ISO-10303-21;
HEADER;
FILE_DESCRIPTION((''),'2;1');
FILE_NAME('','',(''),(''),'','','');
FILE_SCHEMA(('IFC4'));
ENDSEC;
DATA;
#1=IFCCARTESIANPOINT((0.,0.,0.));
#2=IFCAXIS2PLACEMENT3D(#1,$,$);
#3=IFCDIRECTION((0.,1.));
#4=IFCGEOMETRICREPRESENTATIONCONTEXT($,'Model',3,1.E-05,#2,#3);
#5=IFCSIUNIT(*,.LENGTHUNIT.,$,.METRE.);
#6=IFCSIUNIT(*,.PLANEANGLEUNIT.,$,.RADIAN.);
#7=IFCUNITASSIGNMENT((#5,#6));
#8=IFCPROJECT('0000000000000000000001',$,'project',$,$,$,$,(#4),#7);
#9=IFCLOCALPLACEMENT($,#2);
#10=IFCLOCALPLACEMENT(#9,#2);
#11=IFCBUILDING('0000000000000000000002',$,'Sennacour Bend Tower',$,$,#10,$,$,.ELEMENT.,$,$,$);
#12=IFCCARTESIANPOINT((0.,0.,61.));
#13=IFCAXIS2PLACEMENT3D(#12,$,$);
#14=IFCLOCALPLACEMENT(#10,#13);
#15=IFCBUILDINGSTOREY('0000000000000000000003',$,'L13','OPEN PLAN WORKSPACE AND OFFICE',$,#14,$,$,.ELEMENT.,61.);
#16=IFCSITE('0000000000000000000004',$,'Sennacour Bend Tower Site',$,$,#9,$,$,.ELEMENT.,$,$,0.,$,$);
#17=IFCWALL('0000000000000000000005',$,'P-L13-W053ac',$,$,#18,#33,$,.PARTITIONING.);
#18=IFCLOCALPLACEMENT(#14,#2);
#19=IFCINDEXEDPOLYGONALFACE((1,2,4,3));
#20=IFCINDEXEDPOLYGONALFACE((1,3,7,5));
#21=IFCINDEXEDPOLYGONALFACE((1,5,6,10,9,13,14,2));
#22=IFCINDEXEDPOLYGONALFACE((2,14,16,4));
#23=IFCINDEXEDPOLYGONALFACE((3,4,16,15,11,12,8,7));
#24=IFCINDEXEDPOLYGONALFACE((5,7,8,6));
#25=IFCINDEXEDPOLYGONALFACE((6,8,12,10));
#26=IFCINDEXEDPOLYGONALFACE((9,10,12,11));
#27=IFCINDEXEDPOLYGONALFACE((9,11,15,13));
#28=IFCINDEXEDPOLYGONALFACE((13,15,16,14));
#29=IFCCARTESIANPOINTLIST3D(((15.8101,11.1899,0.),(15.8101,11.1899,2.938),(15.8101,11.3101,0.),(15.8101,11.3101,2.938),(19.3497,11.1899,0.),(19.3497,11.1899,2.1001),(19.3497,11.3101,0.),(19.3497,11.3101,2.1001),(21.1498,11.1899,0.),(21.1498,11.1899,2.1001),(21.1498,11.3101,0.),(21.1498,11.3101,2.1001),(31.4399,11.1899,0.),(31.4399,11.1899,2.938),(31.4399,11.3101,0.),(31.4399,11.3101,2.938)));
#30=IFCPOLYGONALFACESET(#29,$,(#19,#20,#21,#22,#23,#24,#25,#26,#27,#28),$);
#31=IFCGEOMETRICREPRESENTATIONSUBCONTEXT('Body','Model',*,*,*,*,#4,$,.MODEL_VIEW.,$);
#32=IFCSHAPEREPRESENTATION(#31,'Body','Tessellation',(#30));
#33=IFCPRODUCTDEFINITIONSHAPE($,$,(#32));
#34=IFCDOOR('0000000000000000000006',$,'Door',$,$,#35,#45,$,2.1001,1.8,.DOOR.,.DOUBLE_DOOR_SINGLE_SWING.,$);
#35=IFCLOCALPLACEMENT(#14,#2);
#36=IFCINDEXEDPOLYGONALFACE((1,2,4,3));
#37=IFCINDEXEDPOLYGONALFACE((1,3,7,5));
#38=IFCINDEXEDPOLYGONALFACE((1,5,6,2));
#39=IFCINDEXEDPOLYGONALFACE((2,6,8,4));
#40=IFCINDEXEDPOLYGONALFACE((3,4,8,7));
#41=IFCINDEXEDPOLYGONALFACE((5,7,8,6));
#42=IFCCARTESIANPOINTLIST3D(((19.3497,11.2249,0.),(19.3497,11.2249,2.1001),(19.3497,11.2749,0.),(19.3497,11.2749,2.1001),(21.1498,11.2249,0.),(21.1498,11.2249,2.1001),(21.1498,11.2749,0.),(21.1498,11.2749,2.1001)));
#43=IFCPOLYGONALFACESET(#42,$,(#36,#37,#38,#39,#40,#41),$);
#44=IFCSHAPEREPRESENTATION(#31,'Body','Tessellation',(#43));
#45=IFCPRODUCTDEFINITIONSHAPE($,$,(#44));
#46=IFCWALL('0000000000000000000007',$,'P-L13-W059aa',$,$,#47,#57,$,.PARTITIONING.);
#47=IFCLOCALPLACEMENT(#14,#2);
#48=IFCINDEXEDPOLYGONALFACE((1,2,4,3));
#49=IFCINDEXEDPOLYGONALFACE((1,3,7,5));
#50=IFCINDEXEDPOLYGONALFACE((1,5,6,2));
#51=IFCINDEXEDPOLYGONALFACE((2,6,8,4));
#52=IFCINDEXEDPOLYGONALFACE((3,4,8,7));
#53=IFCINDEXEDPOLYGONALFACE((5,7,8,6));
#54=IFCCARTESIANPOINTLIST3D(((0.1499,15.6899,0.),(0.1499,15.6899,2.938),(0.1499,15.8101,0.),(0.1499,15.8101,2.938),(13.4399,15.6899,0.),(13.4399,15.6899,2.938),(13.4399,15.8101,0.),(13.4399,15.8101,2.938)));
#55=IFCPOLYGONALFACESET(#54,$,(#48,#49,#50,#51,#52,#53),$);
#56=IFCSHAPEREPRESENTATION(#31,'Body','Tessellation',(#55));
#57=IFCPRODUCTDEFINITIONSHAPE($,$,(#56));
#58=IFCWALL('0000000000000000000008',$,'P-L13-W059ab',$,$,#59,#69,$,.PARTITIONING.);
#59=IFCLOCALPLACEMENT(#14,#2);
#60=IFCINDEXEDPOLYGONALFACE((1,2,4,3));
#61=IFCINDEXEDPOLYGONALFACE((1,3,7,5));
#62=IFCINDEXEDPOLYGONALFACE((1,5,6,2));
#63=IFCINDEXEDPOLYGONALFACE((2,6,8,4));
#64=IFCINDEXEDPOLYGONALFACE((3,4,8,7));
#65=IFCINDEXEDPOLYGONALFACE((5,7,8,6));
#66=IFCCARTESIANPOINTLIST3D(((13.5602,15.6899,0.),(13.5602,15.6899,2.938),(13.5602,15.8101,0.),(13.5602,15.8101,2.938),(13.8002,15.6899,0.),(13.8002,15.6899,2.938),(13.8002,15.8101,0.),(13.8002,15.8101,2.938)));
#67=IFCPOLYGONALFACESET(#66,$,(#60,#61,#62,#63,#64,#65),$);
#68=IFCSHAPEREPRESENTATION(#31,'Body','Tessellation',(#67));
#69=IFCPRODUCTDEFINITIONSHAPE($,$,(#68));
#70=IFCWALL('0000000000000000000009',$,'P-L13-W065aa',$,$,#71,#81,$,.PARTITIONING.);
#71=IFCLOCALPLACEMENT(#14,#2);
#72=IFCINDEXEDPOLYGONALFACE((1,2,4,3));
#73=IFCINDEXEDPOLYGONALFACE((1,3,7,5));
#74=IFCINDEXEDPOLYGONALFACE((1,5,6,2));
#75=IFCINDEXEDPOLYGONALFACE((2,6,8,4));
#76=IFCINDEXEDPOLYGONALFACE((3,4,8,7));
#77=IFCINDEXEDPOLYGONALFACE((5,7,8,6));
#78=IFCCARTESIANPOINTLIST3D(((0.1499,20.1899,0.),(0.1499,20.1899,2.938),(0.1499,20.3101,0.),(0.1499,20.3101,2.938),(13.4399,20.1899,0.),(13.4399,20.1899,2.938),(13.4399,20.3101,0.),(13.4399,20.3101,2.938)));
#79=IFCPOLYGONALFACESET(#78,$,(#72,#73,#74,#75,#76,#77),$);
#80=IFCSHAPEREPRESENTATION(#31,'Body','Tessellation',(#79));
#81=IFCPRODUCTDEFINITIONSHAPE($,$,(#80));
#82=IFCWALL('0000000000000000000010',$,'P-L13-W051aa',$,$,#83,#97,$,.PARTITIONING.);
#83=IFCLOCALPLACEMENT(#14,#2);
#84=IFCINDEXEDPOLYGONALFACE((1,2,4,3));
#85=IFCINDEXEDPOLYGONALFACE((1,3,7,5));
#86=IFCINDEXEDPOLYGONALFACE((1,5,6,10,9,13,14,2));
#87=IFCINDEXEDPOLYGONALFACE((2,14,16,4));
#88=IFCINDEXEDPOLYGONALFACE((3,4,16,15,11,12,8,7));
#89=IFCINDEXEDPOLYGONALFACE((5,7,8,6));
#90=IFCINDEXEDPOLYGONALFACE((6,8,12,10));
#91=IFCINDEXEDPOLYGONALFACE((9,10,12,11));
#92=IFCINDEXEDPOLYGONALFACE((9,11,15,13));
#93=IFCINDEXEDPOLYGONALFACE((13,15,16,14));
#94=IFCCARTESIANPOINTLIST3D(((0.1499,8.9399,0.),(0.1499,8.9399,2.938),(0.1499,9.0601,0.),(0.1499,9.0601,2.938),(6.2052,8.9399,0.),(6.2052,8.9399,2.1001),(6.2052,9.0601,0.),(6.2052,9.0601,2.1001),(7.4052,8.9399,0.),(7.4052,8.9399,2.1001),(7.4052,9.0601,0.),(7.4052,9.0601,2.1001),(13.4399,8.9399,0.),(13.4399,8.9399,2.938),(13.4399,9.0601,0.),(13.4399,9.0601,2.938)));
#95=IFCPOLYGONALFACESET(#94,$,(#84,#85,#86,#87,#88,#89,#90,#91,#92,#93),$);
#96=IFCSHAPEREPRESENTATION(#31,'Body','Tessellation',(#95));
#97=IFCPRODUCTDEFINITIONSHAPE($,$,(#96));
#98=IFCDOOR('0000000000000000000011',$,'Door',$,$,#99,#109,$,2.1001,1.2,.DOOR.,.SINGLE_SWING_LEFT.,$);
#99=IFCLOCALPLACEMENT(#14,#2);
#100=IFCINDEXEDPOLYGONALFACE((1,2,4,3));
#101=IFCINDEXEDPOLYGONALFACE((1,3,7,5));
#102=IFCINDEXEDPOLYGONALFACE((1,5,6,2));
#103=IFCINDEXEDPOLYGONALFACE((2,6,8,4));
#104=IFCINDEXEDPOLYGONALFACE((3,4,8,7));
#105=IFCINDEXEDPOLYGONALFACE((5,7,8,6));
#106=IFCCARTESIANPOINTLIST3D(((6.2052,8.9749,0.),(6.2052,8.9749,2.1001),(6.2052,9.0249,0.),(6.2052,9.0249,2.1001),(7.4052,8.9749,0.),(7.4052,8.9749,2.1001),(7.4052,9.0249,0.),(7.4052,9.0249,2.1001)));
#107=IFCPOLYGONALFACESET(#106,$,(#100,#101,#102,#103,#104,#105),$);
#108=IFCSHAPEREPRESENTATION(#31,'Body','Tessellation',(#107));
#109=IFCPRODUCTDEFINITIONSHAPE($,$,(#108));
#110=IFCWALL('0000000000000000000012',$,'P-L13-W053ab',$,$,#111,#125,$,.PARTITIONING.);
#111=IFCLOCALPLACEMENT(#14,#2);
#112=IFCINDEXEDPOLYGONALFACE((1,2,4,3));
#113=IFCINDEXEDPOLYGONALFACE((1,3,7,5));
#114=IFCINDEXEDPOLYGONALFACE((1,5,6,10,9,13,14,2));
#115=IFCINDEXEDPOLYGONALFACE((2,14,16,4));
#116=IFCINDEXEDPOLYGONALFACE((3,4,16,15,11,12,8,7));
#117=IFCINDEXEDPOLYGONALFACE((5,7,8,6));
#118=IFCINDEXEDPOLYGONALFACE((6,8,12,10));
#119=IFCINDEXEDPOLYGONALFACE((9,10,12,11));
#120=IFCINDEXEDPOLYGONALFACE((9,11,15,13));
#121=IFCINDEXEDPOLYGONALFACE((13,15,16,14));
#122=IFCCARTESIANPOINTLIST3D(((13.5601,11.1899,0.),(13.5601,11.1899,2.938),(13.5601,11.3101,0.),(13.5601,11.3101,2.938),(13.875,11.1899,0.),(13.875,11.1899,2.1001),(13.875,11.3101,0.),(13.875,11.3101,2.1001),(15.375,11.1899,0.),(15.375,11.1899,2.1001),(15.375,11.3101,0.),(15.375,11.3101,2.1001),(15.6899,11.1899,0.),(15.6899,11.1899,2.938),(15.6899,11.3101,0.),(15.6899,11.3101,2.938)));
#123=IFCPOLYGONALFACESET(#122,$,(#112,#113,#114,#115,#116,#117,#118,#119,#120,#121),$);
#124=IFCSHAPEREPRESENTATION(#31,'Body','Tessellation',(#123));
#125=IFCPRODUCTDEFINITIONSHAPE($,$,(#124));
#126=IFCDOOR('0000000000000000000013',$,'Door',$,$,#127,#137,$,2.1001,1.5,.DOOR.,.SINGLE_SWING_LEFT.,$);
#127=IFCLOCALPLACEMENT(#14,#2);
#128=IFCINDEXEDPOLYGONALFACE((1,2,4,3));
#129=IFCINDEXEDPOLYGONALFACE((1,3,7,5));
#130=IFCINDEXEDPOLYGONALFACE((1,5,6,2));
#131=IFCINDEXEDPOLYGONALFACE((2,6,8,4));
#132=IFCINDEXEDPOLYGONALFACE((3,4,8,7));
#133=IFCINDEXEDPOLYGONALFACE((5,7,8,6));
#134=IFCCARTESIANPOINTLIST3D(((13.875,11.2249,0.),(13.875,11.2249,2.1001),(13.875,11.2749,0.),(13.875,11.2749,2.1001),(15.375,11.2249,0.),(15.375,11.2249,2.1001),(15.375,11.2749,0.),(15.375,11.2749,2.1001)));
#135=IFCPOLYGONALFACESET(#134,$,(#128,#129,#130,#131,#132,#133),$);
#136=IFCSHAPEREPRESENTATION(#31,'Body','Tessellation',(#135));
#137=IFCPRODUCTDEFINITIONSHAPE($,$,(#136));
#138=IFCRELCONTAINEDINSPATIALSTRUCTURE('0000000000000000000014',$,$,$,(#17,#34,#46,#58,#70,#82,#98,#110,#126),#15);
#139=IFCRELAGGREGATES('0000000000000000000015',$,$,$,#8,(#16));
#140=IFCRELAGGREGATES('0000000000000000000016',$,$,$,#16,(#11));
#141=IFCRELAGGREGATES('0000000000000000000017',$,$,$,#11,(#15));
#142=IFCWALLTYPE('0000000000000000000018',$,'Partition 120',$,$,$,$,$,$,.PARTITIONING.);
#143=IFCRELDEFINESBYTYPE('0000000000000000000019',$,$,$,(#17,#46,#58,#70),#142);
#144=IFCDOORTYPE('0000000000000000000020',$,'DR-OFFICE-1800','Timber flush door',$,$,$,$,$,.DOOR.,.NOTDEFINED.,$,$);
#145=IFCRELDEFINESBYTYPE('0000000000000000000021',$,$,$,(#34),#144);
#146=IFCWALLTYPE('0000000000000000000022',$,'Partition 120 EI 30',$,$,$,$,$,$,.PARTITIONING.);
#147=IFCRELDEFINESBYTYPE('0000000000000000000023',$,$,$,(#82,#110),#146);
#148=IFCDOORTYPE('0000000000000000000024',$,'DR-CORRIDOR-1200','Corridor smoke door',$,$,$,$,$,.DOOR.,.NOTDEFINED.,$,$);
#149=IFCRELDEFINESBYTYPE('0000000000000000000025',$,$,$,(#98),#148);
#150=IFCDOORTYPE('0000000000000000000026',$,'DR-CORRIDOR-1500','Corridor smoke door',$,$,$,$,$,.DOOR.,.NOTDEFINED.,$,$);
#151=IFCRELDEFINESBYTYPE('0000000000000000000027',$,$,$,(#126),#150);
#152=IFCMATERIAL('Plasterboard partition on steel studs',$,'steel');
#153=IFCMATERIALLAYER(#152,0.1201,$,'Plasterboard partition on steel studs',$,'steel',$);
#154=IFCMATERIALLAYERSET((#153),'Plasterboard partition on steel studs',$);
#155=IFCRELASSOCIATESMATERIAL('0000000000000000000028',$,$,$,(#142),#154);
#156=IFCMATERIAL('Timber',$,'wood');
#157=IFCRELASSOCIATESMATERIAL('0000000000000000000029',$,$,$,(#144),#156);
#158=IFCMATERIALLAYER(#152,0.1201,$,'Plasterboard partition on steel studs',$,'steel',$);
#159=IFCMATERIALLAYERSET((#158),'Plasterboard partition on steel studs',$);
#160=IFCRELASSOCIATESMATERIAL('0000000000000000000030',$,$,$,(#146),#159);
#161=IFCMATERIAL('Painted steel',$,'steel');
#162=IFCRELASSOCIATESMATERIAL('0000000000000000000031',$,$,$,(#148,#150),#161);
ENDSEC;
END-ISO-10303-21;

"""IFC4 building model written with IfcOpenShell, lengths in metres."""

from ifc_helpers import new_model, si_unit, direction, frame, frame_2d, origin, place, context, subcontext, project, spatial, rectangle, extrude, material, layer, layer_set, type_object, element, fill, save


model = new_model("IFC4")

# Units and contexts
model_context = context("Model", 3, precision=1e-05, world=origin(), true_north=direction((0.0, 1.0)))
body_context = subcontext(model_context, "Body", "Model", "MODEL_VIEW")
ifc_project = project(units=[si_unit("LENGTHUNIT", "METRE"), si_unit("PLANEANGLEUNIT", "RADIAN")], contexts=[model_context])

# Site, building, storey
site_placement = place(None, origin())
site = spatial("IfcSite", under=ifc_project, at=site_placement, Name="Sennacour Bend Tower Site", CompositionType="ELEMENT", RefElevation=0.0)
building_placement = place(site_placement, origin())
building = spatial("IfcBuilding", under=site, at=building_placement, Name="Sennacour Bend Tower", CompositionType="ELEMENT")
storey_placement = place(building_placement, frame((0.0, 0.0, 61.0)))
storey = spatial("IfcBuildingStorey", under=building, at=storey_placement, Name="L13", Description="OPEN PLAN WORKSPACE AND OFFICE", CompositionType="ELEMENT", Elevation=61.0)

# Shared definitions
ifc_material_1 = material(Name="Plasterboard partition on steel studs", Category="steel")
ifc_layer_1 = layer(ifc_material_1, 0.1201, Name="Plasterboard partition on steel studs", Category="steel")
ifc_layer_set_1 = layer_set([ifc_layer_1], Name="Plasterboard partition on steel studs")
wall_type_1 = type_object("IfcWallType", Name="Partition 120", PredefinedType="PARTITIONING", material=ifc_layer_set_1)
ifc_material_2 = material(Name="Timber", Category="wood")
door_type_1 = type_object("IfcDoorType", Name="DR-OFFICE-1800", Description="Timber flush door", OperationType="NOTDEFINED", PredefinedType="DOOR", material=ifc_material_2)

# Wall, opening, door
wall_1_placement = place(storey_placement, frame((15.8101, 11.25, 0.0), z_axis=(0.0, 0.0, 1.0), x_axis=(1.0, 0.0, 0.0)))
wall_1 = element("IfcWall", 1, at=wall_1_placement, inside=storey, type_object=wall_type_1, Name="P-L13-W053ac", PredefinedType="PARTITIONING", context=body_context, shape_type="SweptSolid", body=[
    extrude(rectangle(XDim=15.6299, YDim=0.1201, at=frame_2d((7.8149, 0.0))), origin(), (0.0, 0.0, 1.0), 2.938),
])
opening_1_placement = place(wall_1_placement, frame((3.5398, 0.0, 0.0)))
opening_1 = element("IfcOpeningElement", 2, at=opening_1_placement, cuts=wall_1, PredefinedType="OPENING", context=body_context, shape_type="SweptSolid", body=[
    extrude(rectangle(XDim=1.8, YDim=2.1001, at=frame_2d((0.8999, 1.05))), frame((0.0, 0.0701, 0.0), z_axis=(0.0, -1.0, 0.0), x_axis=(1.0, 0.0, 0.0)), (0.0, 0.0, 1.0), 0.1401),
])
door_1_placement = place(opening_1_placement, origin())
door_1 = element("IfcDoor", 3, at=door_1_placement, inside=storey, type_object=door_type_1, Name="Door", OperationType="DOUBLE_DOOR_SINGLE_SWING", OverallHeight=2.1001, OverallWidth=1.8, PredefinedType="DOOR", context=body_context, shape_type="SweptSolid", body=[
    extrude(rectangle(XDim=1.8, YDim=2.1001, at=frame_2d((0.8999, 1.05))), frame((0.0, 0.0249, 0.0), z_axis=(0.0, -1.0, 0.0), x_axis=(1.0, 0.0, 0.0)), (0.0, 0.0, 1.0), 0.05),
])
fill(opening_1, door_1)

# Walls
wall_2_placement = place(storey_placement, frame((0.1499, 15.75, 0.0), z_axis=(0.0, 0.0, 1.0), x_axis=(1.0, 0.0, 0.0)))
element("IfcWall", 4, at=wall_2_placement, inside=storey, type_object=wall_type_1, Name="P-L13-W059aa", PredefinedType="PARTITIONING", context=body_context, shape_type="SweptSolid", body=[
    extrude(rectangle(XDim=13.29, YDim=0.1201, at=frame_2d((6.645, 0.0))), origin(), (0.0, 0.0, 1.0), 2.938),
])
wall_3_placement = place(storey_placement, frame((13.5601, 15.75, 0.0), z_axis=(0.0, 0.0, 1.0), x_axis=(1.0, 0.0, 0.0)))
element("IfcWall", 5, at=wall_3_placement, inside=storey, type_object=wall_type_1, Name="P-L13-W059ab", PredefinedType="PARTITIONING", context=body_context, shape_type="SweptSolid", body=[
    extrude(rectangle(XDim=0.24, YDim=0.1201, at=frame_2d((0.1201, 0.0))), origin(), (0.0, 0.0, 1.0), 2.938),
])
wall_4_placement = place(storey_placement, frame((0.1499, 20.25, 0.0), z_axis=(0.0, 0.0, 1.0), x_axis=(1.0, 0.0, 0.0)))
element("IfcWall", 6, at=wall_4_placement, inside=storey, type_object=wall_type_1, Name="P-L13-W065aa", PredefinedType="PARTITIONING", context=body_context, shape_type="SweptSolid", body=[
    extrude(rectangle(XDim=13.29, YDim=0.1201, at=frame_2d((6.645, 0.0))), origin(), (0.0, 0.0, 1.0), 2.938),
])

# Walls, openings, doors
ifc_layer_2 = layer(ifc_material_1, 0.1201, Name="Plasterboard partition on steel studs", Category="steel")
ifc_layer_set_2 = layer_set([ifc_layer_2], Name="Plasterboard partition on steel studs")
wall_type_2 = type_object("IfcWallType", Name="Partition 120 EI 30", PredefinedType="PARTITIONING", material=ifc_layer_set_2)
wall_5_placement = place(storey_placement, frame((0.1499, 9.0, 0.0), z_axis=(0.0, 0.0, 1.0), x_axis=(1.0, 0.0, 0.0)))
wall_5 = element("IfcWall", 7, at=wall_5_placement, inside=storey, type_object=wall_type_2, Name="P-L13-W051aa", PredefinedType="PARTITIONING", context=body_context, shape_type="SweptSolid", body=[
    extrude(rectangle(XDim=13.29, YDim=0.1201, at=frame_2d((6.645, 0.0))), origin(), (0.0, 0.0, 1.0), 2.938),
])
opening_2_placement = place(wall_5_placement, frame((6.0552, 0.0, 0.0)))
opening_2 = element("IfcOpeningElement", 8, at=opening_2_placement, cuts=wall_5, PredefinedType="OPENING", context=body_context, shape_type="SweptSolid", body=[
    extrude(rectangle(XDim=1.2, YDim=2.1001, at=frame_2d((0.6001, 1.05))), frame((0.0, 0.0701, 0.0), z_axis=(0.0, -1.0, 0.0), x_axis=(1.0, 0.0, 0.0)), (0.0, 0.0, 1.0), 0.1401),
])
ifc_material_3 = material(Name="Painted steel", Category="steel")
door_type_2 = type_object("IfcDoorType", Name="DR-CORRIDOR-1200", Description="Corridor smoke door", OperationType="NOTDEFINED", PredefinedType="DOOR", material=ifc_material_3)
door_2_placement = place(opening_2_placement, origin())
door_2 = element("IfcDoor", 9, at=door_2_placement, inside=storey, type_object=door_type_2, Name="Door", OperationType="SINGLE_SWING_LEFT", OverallHeight=2.1001, OverallWidth=1.2, PredefinedType="DOOR", context=body_context, shape_type="SweptSolid", body=[
    extrude(rectangle(XDim=1.2, YDim=2.1001, at=frame_2d((0.6001, 1.05))), frame((0.0, 0.0249, 0.0), z_axis=(0.0, -1.0, 0.0), x_axis=(1.0, 0.0, 0.0)), (0.0, 0.0, 1.0), 0.05),
])
fill(opening_2, door_2)
wall_6_placement = place(storey_placement, frame((13.5601, 11.25, 0.0), z_axis=(0.0, 0.0, 1.0), x_axis=(1.0, 0.0, 0.0)))
wall_6 = element("IfcWall", 10, at=wall_6_placement, inside=storey, type_object=wall_type_2, Name="P-L13-W053ab", PredefinedType="PARTITIONING", context=body_context, shape_type="SweptSolid", body=[
    extrude(rectangle(XDim=2.1299, YDim=0.1201, at=frame_2d((1.0649, 0.0))), origin(), (0.0, 0.0, 1.0), 2.938),
])
opening_3_placement = place(wall_6_placement, frame((0.3149, 0.0, 0.0)))
opening_3 = element("IfcOpeningElement", 11, at=opening_3_placement, cuts=wall_6, PredefinedType="OPENING", context=body_context, shape_type="SweptSolid", body=[
    extrude(rectangle(XDim=1.5, YDim=2.1001, at=frame_2d((0.75, 1.05))), frame((0.0, 0.0701, 0.0), z_axis=(0.0, -1.0, 0.0), x_axis=(1.0, 0.0, 0.0)), (0.0, 0.0, 1.0), 0.1401),
])
door_type_3 = type_object("IfcDoorType", Name="DR-CORRIDOR-1500", Description="Corridor smoke door", OperationType="NOTDEFINED", PredefinedType="DOOR", material=ifc_material_3)
door_3_placement = place(opening_3_placement, origin())
door_3 = element("IfcDoor", 12, at=door_3_placement, inside=storey, type_object=door_type_3, Name="Door", OperationType="SINGLE_SWING_LEFT", OverallHeight=2.1001, OverallWidth=1.5, PredefinedType="DOOR", context=body_context, shape_type="SweptSolid", body=[
    extrude(rectangle(XDim=1.5, YDim=2.1001, at=frame_2d((0.75, 1.05))), frame((0.0, 0.0249, 0.0), z_axis=(0.0, -1.0, 0.0), x_axis=(1.0, 0.0, 0.0)), (0.0, 0.0, 1.0), 0.05),
])
fill(opening_3, door_3)

save(model, "model.ifc")
